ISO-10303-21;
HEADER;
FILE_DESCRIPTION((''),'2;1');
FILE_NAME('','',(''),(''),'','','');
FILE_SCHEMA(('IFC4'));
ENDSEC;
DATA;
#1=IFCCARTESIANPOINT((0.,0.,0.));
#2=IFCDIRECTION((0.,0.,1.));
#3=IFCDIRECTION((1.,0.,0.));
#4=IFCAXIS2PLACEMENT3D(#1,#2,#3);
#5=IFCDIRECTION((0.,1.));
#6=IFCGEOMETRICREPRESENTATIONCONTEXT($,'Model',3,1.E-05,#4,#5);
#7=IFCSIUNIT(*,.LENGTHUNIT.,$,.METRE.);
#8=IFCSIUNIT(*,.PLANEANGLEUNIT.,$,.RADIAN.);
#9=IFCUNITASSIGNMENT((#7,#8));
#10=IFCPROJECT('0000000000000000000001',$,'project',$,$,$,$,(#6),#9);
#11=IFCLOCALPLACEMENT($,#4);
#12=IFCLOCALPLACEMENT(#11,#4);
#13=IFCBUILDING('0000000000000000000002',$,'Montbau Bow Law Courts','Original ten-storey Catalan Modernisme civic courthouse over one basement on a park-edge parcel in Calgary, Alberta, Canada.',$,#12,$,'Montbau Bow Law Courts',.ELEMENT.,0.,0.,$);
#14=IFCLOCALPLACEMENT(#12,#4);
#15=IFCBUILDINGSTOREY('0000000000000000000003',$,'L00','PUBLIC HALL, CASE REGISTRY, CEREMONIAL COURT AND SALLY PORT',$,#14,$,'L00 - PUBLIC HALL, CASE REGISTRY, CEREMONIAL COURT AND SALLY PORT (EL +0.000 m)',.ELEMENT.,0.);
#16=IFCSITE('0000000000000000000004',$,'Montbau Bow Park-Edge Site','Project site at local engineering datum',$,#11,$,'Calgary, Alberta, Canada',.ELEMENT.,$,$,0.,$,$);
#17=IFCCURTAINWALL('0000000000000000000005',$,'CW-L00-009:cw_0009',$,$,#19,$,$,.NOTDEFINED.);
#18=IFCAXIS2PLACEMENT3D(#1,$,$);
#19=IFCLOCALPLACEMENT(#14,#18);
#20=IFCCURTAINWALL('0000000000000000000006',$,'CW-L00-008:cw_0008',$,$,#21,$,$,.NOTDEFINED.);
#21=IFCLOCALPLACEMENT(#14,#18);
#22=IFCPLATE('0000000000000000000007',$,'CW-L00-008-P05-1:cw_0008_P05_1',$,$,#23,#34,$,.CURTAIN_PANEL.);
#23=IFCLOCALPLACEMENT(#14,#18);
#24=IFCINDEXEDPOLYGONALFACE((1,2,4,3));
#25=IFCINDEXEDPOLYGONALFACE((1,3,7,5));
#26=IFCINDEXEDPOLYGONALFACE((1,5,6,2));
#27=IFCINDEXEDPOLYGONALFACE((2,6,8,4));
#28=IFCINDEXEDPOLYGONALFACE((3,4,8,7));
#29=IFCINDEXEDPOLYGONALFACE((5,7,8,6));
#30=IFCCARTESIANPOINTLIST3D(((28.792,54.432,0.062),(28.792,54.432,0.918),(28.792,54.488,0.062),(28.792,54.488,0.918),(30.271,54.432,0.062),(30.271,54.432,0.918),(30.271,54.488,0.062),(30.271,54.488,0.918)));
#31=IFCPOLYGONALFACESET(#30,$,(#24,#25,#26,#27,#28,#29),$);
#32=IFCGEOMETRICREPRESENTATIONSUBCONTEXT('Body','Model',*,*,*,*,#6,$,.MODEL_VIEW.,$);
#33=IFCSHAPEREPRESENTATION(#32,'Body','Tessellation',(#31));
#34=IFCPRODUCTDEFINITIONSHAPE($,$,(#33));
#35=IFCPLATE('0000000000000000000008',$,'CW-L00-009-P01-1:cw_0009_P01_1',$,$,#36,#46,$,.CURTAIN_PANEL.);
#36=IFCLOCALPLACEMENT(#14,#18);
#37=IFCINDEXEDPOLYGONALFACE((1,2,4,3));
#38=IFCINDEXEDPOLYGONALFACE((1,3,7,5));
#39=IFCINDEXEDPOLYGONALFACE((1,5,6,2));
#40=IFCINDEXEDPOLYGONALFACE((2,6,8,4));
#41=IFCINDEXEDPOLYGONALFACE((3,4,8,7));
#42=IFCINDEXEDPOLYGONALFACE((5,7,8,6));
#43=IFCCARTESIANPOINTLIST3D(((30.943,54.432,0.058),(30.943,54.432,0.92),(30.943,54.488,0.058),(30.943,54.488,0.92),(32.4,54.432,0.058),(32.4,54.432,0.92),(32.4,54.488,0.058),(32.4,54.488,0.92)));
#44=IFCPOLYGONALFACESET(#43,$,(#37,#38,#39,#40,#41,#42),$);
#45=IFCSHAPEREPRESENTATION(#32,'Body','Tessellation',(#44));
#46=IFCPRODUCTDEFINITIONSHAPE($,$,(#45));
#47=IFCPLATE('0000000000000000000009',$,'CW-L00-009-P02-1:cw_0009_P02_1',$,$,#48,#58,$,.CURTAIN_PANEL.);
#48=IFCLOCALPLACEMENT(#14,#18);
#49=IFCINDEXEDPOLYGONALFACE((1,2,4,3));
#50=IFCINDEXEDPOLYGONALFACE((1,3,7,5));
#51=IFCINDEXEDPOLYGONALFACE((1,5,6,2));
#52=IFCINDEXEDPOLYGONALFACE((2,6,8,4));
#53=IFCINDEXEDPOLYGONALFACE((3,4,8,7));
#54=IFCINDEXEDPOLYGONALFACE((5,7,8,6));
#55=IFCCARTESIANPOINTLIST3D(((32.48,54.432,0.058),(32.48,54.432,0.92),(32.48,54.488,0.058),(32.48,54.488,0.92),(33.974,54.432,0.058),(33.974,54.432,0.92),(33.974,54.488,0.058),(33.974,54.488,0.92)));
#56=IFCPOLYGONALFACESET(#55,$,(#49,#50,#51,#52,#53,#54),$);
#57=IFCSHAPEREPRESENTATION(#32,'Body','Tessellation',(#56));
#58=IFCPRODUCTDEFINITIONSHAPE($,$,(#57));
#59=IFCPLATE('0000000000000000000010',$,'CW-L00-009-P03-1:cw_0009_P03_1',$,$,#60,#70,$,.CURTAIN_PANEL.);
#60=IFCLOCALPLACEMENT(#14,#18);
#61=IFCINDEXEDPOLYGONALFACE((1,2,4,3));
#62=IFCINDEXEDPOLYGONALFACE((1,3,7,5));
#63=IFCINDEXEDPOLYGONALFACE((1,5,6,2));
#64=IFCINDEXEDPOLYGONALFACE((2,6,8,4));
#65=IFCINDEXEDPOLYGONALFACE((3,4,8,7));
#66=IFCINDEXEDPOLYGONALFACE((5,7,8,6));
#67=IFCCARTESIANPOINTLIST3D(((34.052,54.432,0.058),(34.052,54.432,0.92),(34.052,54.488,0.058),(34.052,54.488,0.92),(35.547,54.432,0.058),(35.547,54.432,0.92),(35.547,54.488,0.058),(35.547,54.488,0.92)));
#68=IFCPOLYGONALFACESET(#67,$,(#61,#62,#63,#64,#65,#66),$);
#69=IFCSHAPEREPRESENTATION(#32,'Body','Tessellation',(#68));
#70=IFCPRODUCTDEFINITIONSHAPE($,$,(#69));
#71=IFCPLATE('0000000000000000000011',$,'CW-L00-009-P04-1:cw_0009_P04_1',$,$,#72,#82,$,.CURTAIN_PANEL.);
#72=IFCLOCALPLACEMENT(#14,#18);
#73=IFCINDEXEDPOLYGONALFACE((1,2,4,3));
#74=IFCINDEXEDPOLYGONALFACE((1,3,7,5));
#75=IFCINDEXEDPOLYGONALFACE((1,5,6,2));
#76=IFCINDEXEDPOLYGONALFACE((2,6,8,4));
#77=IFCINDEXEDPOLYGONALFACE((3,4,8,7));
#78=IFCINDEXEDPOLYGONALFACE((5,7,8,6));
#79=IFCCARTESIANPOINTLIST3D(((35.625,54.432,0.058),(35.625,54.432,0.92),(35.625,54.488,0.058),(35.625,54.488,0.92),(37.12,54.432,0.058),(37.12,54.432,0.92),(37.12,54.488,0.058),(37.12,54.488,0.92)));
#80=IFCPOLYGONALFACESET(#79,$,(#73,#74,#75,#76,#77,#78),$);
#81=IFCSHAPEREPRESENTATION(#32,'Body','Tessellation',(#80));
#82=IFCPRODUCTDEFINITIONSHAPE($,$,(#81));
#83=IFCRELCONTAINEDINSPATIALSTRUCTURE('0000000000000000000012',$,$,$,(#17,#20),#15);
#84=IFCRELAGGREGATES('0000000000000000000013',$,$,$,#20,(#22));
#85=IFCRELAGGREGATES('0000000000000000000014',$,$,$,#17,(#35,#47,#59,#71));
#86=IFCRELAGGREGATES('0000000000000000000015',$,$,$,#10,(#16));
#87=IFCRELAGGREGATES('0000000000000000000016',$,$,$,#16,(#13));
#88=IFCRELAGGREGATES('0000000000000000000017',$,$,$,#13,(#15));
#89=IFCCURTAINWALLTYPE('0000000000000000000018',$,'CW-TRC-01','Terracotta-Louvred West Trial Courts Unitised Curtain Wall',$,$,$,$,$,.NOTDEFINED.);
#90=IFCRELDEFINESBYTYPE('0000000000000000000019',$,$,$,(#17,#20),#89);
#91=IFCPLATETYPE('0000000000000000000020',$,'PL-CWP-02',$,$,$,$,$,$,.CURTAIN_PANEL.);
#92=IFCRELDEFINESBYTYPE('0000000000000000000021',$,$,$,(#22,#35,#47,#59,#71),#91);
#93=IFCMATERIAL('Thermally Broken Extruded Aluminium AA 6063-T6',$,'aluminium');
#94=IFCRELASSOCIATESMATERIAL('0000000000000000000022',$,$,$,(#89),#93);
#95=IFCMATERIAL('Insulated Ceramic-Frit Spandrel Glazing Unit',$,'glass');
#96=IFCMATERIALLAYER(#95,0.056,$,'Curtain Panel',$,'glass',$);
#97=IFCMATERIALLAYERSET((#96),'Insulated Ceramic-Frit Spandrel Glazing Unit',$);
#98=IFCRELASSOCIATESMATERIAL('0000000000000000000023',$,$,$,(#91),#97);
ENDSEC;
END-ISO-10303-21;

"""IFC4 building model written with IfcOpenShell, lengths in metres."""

from ifc_helpers import new_model, si_unit, direction, frame, frame_2d, origin_with_axes, place, context, subcontext, project, spatial, rectangle, extrude, material, layer, layer_set, type_object, element, aggregate, save


model = new_model("IFC4")

# Units and contexts
model_context = context("Model", 3, precision=1e-05, world=origin_with_axes(), true_north=direction((0.0, 1.0)))
body_context = subcontext(model_context, "Body", "Model", "MODEL_VIEW")
ifc_project = project(units=[si_unit("LENGTHUNIT", "METRE"), si_unit("PLANEANGLEUNIT", "RADIAN")], contexts=[model_context])

# Site, building, storey
site_placement = place(None, origin_with_axes())
site = spatial("IfcSite", under=ifc_project, at=site_placement, Name="Montbau Bow Park-Edge Site", Description="Project site at local engineering datum", LongName="Calgary, Alberta, Canada", CompositionType="ELEMENT", RefElevation=0.0)
building_placement = place(site_placement, origin_with_axes())
building = spatial("IfcBuilding", under=site, at=building_placement, Name="Montbau Bow Law Courts", Description="Original ten-storey Catalan Modernisme civic courthouse over one basement on a park-edge parcel in Calgary, Alberta, Canada.", LongName="Montbau Bow Law Courts", CompositionType="ELEMENT", ElevationOfRefHeight=0.0, ElevationOfTerrain=0.0)
storey_placement = place(building_placement, origin_with_axes())
storey = spatial("IfcBuildingStorey", under=building, at=storey_placement, Name="L00", Description="PUBLIC HALL, CASE REGISTRY, CEREMONIAL COURT AND SALLY PORT", LongName="L00 - PUBLIC HALL, CASE REGISTRY, CEREMONIAL COURT AND SALLY PORT (EL +0.000 m)", CompositionType="ELEMENT", Elevation=0.0)

# Curtain walls
ifc_material_1 = material(Name="Thermally Broken Extruded Aluminium AA 6063-T6", Category="aluminium")
curtain_wall_type = type_object("IfcCurtainWallType", Name="CW-TRC-01", Description="Terracotta-Louvred West Trial Courts Unitised Curtain Wall", PredefinedType="NOTDEFINED", material=ifc_material_1)
curtain_wall_1_placement = place(None, frame((30.867, 54.46, 0.0), z_axis=(0.0, 0.0, 1.0), x_axis=(1.0, 0.0, 0.0)))
curtain_wall_1 = element("IfcCurtainWall", 1, at=curtain_wall_1_placement, inside=storey, type_object=curtain_wall_type, Name="CW-L00-009:cw_0009", PredefinedType="NOTDEFINED")
curtain_wall_2_placement = place(None, frame((22.467, 54.46, 0.0), z_axis=(0.0, 0.0, 1.0), x_axis=(1.0, 0.0, 0.0)))
curtain_wall_2 = element("IfcCurtainWall", 2, at=curtain_wall_2_placement, inside=storey, type_object=curtain_wall_type, Name="CW-L00-008:cw_0008", PredefinedType="NOTDEFINED")

# Plates
ifc_material_2 = material(Name="Insulated Ceramic-Frit Spandrel Glazing Unit", Category="glass")
ifc_layer_1 = layer(ifc_material_2, 0.056, Name="Curtain Panel", Category="glass")
ifc_layer_set_1 = layer_set([ifc_layer_1], Name="Insulated Ceramic-Frit Spandrel Glazing Unit")
plate_type_1 = type_object("IfcPlateType", Name="PL-CWP-02", PredefinedType="CURTAIN_PANEL", material=ifc_layer_set_1)
plate_1_placement = place(None, frame((28.792, 54.46, 0.062), z_axis=(0.0, -1.0, 0.0), x_axis=(1.0, 0.0, 0.0)))
plate_1 = element("IfcPlate", 3, at=plate_1_placement, type_object=plate_type_1, Name="CW-L00-008-P05-1:cw_0008_P05_1", PredefinedType="CURTAIN_PANEL", context=body_context, shape_type="SweptSolid", body=[
    extrude(rectangle(XDim=1.479, YDim=0.856, at=frame_2d((0.7395, 0.428), x_axis=(1.0, 0.0))), frame((0.0, 0.0, -0.028), z_axis=(0.0, 0.0, 1.0), x_axis=(1.0, 0.0, 0.0)), (0.0, 0.0, 1.0), 0.056),
])
aggregate(curtain_wall_2, [plate_1])
plate_2_placement = place(None, frame((30.943, 54.46, 0.058), z_axis=(0.0, -1.0, 0.0), x_axis=(1.0, 0.0, 0.0)))
plate_2 = element("IfcPlate", 4, at=plate_2_placement, type_object=plate_type_1, Name="CW-L00-009-P01-1:cw_0009_P01_1", PredefinedType="CURTAIN_PANEL", context=body_context, shape_type="SweptSolid", body=[
    extrude(rectangle(XDim=1.457, YDim=0.862, at=frame_2d((0.7285, 0.431), x_axis=(1.0, 0.0))), frame((0.0, 0.0, -0.028), z_axis=(0.0, 0.0, 1.0), x_axis=(1.0, 0.0, 0.0)), (0.0, 0.0, 1.0), 0.056),
])
plate_3_placement = place(None, frame((32.48, 54.46, 0.058), z_axis=(0.0, -1.0, 0.0), x_axis=(1.0, 0.0, 0.0)))
plate_3 = element("IfcPlate", 5, at=plate_3_placement, type_object=plate_type_1, Name="CW-L00-009-P02-1:cw_0009_P02_1", PredefinedType="CURTAIN_PANEL", context=body_context, shape_type="SweptSolid", body=[
    extrude(rectangle(XDim=1.494, YDim=0.862, at=frame_2d((0.747, 0.431), x_axis=(1.0, 0.0))), frame((0.0, 0.0, -0.028), z_axis=(0.0, 0.0, 1.0), x_axis=(1.0, 0.0, 0.0)), (0.0, 0.0, 1.0), 0.056),
])
plate_4_placement = place(None, frame((34.052, 54.46, 0.058), z_axis=(0.0, -1.0, 0.0), x_axis=(1.0, 0.0, 0.0)))
plate_4 = element("IfcPlate", 6, at=plate_4_placement, type_object=plate_type_1, Name="CW-L00-009-P03-1:cw_0009_P03_1", PredefinedType="CURTAIN_PANEL", context=body_context, shape_type="SweptSolid", body=[
    extrude(rectangle(XDim=1.495, YDim=0.862, at=frame_2d((0.7475, 0.431), x_axis=(1.0, 0.0))), frame((0.0, 0.0, -0.028), z_axis=(0.0, 0.0, 1.0), x_axis=(1.0, 0.0, 0.0)), (0.0, 0.0, 1.0), 0.056),
])
plate_5_placement = place(None, frame((35.625, 54.46, 0.058), z_axis=(0.0, -1.0, 0.0), x_axis=(1.0, 0.0, 0.0)))
plate_5 = element("IfcPlate", 7, at=plate_5_placement, type_object=plate_type_1, Name="CW-L00-009-P04-1:cw_0009_P04_1", PredefinedType="CURTAIN_PANEL", context=body_context, shape_type="SweptSolid", body=[
    extrude(rectangle(XDim=1.495, YDim=0.862, at=frame_2d((0.7475, 0.431), x_axis=(1.0, 0.0))), frame((0.0, 0.0, -0.028), z_axis=(0.0, 0.0, 1.0), x_axis=(1.0, 0.0, 0.0)), (0.0, 0.0, 1.0), 0.056),
])
aggregate(curtain_wall_1, [plate_2, plate_3, plate_4, plate_5])

save(model, "model.ifc")
